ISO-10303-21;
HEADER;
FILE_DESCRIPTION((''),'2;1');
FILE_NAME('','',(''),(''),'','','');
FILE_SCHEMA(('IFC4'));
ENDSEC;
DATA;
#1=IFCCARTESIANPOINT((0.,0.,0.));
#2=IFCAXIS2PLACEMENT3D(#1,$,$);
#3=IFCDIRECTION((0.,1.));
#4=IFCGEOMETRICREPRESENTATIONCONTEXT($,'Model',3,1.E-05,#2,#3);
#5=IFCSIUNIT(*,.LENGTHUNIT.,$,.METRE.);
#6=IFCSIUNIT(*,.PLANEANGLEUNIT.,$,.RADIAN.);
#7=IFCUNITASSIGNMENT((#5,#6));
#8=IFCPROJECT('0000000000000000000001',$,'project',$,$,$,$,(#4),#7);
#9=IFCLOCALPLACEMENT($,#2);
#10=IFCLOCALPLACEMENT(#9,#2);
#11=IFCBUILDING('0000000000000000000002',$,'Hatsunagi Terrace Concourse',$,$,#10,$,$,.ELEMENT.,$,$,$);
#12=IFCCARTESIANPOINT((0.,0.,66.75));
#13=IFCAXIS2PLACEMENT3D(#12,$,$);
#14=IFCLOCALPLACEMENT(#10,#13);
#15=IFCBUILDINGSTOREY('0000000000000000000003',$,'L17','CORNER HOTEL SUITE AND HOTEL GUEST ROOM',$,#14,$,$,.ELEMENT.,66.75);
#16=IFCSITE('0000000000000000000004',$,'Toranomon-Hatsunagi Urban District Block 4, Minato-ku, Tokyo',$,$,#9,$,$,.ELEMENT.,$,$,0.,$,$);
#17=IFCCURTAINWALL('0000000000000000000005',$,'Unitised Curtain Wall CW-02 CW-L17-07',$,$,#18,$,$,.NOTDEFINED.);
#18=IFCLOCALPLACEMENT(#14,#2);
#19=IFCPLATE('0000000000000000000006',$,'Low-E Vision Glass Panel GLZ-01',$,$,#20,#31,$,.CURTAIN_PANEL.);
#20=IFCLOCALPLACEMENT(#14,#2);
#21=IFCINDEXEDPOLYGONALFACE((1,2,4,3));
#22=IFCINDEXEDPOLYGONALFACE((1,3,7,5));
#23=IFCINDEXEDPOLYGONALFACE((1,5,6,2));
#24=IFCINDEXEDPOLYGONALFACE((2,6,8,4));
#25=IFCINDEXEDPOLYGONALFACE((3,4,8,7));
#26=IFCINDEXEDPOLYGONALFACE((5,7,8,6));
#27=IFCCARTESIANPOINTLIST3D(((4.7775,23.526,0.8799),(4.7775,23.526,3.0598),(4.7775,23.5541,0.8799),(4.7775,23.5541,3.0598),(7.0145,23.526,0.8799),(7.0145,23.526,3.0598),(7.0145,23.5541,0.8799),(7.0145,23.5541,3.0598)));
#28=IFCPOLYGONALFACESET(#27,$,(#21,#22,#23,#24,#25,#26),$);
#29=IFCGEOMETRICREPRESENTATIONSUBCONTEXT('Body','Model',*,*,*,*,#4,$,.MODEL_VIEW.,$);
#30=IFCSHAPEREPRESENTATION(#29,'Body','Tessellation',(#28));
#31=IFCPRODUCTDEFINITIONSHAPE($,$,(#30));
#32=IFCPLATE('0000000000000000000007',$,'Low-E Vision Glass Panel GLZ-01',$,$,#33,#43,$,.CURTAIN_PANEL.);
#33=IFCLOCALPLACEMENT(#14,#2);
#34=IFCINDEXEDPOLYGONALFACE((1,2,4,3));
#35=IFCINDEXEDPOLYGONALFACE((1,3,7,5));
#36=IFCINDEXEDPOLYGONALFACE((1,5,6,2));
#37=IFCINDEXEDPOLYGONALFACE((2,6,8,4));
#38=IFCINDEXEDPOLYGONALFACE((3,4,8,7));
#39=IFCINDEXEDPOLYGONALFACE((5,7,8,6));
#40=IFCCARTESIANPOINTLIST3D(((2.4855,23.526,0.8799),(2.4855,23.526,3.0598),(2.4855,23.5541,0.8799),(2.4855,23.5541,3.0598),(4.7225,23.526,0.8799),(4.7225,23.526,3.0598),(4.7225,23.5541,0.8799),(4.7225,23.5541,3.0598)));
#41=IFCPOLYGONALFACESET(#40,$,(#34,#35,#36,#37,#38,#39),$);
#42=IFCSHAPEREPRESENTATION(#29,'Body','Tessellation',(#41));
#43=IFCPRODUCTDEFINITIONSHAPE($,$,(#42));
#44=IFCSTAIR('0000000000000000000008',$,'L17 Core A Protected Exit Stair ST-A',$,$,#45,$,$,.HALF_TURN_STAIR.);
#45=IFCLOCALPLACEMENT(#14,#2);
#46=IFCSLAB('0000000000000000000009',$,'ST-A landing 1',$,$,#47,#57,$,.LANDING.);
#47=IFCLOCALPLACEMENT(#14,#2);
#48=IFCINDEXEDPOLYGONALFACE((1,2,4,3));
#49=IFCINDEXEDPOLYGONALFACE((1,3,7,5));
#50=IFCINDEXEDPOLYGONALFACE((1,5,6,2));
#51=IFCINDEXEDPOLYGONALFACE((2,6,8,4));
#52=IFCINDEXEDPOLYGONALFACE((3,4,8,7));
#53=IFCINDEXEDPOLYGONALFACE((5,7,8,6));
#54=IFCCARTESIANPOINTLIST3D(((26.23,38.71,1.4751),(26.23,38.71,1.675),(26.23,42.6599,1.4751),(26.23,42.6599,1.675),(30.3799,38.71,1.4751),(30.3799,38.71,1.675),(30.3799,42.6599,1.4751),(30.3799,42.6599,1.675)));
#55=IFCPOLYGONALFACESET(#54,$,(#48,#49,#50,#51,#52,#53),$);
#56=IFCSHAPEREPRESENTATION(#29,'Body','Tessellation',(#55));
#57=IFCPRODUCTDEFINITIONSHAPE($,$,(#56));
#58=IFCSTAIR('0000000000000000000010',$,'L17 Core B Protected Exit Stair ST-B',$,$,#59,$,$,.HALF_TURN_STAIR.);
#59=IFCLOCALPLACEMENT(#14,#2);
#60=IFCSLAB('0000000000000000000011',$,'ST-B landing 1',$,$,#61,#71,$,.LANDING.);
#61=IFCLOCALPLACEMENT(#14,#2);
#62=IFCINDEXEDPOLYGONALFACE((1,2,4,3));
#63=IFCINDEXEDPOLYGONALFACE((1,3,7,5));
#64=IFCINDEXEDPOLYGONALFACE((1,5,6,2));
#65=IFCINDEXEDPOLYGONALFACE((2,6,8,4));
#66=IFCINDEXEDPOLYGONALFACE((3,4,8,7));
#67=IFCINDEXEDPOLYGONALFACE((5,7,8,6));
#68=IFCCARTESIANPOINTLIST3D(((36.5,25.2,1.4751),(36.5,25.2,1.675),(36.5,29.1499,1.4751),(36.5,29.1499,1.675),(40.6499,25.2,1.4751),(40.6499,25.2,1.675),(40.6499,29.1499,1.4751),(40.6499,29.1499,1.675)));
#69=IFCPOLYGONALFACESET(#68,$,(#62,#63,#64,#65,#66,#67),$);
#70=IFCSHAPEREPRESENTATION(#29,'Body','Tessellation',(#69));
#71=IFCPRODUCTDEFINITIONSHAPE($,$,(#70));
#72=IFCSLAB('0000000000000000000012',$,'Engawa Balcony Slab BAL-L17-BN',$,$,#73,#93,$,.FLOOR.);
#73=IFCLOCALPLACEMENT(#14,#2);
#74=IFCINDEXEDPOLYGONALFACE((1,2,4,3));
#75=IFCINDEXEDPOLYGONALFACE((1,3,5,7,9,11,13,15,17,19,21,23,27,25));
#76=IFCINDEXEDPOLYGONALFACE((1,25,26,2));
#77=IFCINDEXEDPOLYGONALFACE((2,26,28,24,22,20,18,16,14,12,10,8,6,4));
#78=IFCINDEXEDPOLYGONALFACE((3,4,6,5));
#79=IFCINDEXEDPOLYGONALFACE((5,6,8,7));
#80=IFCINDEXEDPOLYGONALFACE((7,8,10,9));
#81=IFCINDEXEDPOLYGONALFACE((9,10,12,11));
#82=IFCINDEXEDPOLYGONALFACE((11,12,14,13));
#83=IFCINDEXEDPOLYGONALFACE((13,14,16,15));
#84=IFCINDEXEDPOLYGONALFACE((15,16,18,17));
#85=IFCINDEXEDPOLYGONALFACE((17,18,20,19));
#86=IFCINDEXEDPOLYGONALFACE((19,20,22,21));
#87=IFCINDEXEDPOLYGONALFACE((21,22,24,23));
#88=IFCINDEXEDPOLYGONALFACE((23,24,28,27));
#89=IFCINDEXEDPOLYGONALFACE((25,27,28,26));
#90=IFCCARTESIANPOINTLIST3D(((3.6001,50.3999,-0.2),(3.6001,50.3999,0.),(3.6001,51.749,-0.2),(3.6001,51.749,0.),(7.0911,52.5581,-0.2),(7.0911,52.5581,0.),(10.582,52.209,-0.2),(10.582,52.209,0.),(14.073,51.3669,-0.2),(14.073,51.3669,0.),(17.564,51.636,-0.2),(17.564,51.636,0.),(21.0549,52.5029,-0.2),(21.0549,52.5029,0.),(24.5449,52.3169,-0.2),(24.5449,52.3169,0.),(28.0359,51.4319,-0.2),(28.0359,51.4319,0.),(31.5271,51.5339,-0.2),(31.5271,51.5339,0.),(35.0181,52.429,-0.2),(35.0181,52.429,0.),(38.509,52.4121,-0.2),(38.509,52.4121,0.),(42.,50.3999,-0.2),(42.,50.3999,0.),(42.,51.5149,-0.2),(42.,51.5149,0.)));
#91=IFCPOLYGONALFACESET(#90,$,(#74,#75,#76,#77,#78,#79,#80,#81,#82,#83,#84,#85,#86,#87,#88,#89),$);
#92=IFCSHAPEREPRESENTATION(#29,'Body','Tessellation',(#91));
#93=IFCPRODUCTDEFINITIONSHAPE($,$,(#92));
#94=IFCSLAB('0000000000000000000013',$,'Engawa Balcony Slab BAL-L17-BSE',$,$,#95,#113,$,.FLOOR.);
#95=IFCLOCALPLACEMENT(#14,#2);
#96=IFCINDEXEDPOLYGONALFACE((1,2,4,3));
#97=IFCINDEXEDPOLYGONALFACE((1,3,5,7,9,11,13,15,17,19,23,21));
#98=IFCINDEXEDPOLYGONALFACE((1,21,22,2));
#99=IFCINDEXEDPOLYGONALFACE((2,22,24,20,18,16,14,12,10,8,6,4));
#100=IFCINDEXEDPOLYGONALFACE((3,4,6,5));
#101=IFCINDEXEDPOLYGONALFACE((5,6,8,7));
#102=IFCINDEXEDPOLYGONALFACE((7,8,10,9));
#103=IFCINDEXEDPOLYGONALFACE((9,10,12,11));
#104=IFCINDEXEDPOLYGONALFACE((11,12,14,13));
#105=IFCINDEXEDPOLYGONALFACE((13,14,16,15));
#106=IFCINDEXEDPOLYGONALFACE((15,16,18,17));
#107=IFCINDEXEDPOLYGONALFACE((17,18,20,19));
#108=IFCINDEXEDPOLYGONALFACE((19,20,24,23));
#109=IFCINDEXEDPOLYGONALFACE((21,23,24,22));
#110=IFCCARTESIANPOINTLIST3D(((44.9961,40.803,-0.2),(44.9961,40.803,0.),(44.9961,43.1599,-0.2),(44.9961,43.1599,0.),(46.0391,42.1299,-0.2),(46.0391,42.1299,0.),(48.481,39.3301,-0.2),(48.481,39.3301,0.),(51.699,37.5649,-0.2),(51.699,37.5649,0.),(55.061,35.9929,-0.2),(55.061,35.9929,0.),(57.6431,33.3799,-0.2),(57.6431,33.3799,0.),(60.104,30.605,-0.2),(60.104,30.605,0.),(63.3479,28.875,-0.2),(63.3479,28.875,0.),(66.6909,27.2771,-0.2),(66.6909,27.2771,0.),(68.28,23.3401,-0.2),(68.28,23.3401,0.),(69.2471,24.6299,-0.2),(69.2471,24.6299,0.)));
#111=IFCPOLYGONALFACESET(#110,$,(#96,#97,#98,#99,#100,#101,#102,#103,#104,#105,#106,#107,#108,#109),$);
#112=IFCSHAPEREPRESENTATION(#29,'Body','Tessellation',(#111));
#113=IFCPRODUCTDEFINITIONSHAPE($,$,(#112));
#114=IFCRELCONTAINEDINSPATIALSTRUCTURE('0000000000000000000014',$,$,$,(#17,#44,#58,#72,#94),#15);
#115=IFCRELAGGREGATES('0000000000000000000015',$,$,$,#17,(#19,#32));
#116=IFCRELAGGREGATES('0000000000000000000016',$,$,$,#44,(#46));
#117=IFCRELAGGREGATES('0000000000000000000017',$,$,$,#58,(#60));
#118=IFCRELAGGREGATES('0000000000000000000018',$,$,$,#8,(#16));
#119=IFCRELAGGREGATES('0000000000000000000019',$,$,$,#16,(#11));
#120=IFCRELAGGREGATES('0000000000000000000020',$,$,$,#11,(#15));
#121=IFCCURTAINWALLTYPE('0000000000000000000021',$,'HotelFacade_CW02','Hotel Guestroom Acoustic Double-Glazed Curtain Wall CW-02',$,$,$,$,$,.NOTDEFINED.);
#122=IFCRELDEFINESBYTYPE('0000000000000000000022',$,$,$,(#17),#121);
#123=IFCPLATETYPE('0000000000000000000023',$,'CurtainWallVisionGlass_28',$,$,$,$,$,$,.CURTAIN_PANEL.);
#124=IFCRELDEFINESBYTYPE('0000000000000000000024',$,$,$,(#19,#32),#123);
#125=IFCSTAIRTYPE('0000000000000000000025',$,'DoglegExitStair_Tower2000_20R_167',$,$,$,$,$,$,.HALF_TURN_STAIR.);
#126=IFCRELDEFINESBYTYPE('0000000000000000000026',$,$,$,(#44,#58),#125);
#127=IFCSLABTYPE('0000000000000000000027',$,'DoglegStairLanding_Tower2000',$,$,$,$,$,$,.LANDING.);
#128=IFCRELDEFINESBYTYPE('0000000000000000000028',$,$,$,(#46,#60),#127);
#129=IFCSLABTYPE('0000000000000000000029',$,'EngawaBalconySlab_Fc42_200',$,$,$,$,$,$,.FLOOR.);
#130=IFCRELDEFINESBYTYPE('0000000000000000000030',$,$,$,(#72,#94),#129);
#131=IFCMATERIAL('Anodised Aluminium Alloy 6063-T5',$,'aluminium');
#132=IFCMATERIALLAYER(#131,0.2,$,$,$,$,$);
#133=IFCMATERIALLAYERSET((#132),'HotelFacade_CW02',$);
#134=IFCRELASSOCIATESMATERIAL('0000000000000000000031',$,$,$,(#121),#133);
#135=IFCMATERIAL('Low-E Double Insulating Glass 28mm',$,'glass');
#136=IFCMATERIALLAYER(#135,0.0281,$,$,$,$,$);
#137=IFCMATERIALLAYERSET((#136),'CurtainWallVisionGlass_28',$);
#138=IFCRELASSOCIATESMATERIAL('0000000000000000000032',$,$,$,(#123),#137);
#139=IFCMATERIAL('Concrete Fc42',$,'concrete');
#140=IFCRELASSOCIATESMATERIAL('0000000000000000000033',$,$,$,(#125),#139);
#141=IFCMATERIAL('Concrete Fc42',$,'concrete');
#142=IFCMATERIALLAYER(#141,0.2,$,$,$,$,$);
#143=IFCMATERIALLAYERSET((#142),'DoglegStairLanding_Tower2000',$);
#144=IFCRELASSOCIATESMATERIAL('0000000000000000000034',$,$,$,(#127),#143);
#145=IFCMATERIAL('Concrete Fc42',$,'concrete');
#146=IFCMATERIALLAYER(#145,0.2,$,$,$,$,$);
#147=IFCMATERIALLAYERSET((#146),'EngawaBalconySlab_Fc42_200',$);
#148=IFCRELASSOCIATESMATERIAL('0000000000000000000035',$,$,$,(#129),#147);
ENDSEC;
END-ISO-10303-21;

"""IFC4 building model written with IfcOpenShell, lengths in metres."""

from ifc_helpers import new_model, si_unit, direction, frame, origin, origin_2d, place, context, subcontext, project, spatial, polyline, rectangle, outline, extrude, material, layer, layer_set, type_object, element, aggregate, save


model = new_model("IFC4")

# Units and contexts
model_context = context("Model", 3, precision=1e-05, world=origin(), true_north=direction((0.0, 1.0)))
body_context = subcontext(model_context, "Body", "Model", "MODEL_VIEW")
ifc_project = project(units=[si_unit("LENGTHUNIT", "METRE"), si_unit("PLANEANGLEUNIT", "RADIAN")], contexts=[model_context])

# Site, building, storey
site_placement = place(None, origin())
site = spatial("IfcSite", under=ifc_project, at=site_placement, Name="Toranomon-Hatsunagi Urban District Block 4, Minato-ku, Tokyo", CompositionType="ELEMENT", RefElevation=0.0)
building_placement = place(site_placement, origin())
building = spatial("IfcBuilding", under=site, at=building_placement, Name="Hatsunagi Terrace Concourse", CompositionType="ELEMENT")
storey_placement = place(building_placement, frame((0.0, 0.0, 66.75)))
storey = spatial("IfcBuildingStorey", under=building, at=storey_placement, Name="L17", Description="CORNER HOTEL SUITE AND HOTEL GUEST ROOM", CompositionType="ELEMENT", Elevation=66.75)

# Curtain wall, plates
ifc_material_1 = material(Name="Anodised Aluminium Alloy 6063-T5", Category="aluminium")
ifc_layer_1 = layer(ifc_material_1, 0.2)
ifc_layer_set_1 = layer_set([ifc_layer_1], Name="HotelFacade_CW02")
curtain_wall_type = type_object("IfcCurtainWallType", Name="HotelFacade_CW02", Description="Hotel Guestroom Acoustic Double-Glazed Curtain Wall CW-02", PredefinedType="NOTDEFINED", material=ifc_layer_set_1)
curtain_wall_placement = place(storey_placement, origin())
curtain_wall = element("IfcCurtainWall", 1, at=curtain_wall_placement, inside=storey, type_object=curtain_wall_type, Name="Unitised Curtain Wall CW-02 CW-L17-07", PredefinedType="NOTDEFINED")
ifc_material_2 = material(Name="Low-E Double Insulating Glass 28mm", Category="glass")
ifc_layer_2 = layer(ifc_material_2, 0.0281)
ifc_layer_set_2 = layer_set([ifc_layer_2], Name="CurtainWallVisionGlass_28")
plate_type_1 = type_object("IfcPlateType", Name="CurtainWallVisionGlass_28", PredefinedType="CURTAIN_PANEL", material=ifc_layer_set_2)
plate_1_placement = place(storey_placement, frame((5.896, 23.54, 0.8799), z_axis=(0.0, 0.0, 1.0), x_axis=(-1.0, 0.0, 0.0)))
plate_1 = element("IfcPlate", 2, at=plate_1_placement, type_object=plate_type_1, Name="Low-E Vision Glass Panel GLZ-01", PredefinedType="CURTAIN_PANEL", context=body_context, shape_type="SweptSolid", body=[
    extrude(rectangle(XDim=2.2371, YDim=0.0281, at=origin_2d()), origin(), (0.0, 0.0, 1.0), 2.1799),
])
plate_2_placement = place(storey_placement, frame((3.604, 23.54, 0.8799), z_axis=(0.0, 0.0, 1.0), x_axis=(-1.0, 0.0, 0.0)))
plate_2 = element("IfcPlate", 3, at=plate_2_placement, type_object=plate_type_1, Name="Low-E Vision Glass Panel GLZ-01", PredefinedType="CURTAIN_PANEL", context=body_context, shape_type="SweptSolid", body=[
    extrude(rectangle(XDim=2.2371, YDim=0.0281, at=origin_2d()), origin(), (0.0, 0.0, 1.0), 2.1799),
])
aggregate(curtain_wall, [plate_1, plate_2])

# Stairs, slabs
ifc_material_3 = material(Name="Concrete Fc42", Category="concrete")
stair_type = type_object("IfcStairType", Name="DoglegExitStair_Tower2000_20R_167", PredefinedType="HALF_TURN_STAIR", material=ifc_material_3)
stair_1_placement = place(storey_placement, origin())
stair_1 = element("IfcStair", 4, at=stair_1_placement, inside=storey, type_object=stair_type, Name="L17 Core A Protected Exit Stair ST-A", PredefinedType="HALF_TURN_STAIR")
ifc_material_4 = material(Name="Concrete Fc42", Category="concrete")
ifc_layer_3 = layer(ifc_material_4, 0.2)
ifc_layer_set_3 = layer_set([ifc_layer_3], Name="DoglegStairLanding_Tower2000")
slab_type_1 = type_object("IfcSlabType", Name="DoglegStairLanding_Tower2000", PredefinedType="LANDING", material=ifc_layer_set_3)
slab_1_placement = place(storey_placement, frame((0.0, 0.0, 1.4751)))
slab_1 = element("IfcSlab", 5, at=slab_1_placement, type_object=slab_type_1, Name="ST-A landing 1", PredefinedType="LANDING", context=body_context, shape_type="SweptSolid", body=[
    extrude(outline(polyline([(30.3799, 38.71), (30.3799, 42.6599), (26.23, 42.6599), (26.23, 38.71), (30.3799, 38.71)])), origin(), (0.0, 0.0, 1.0), 0.2),
])
aggregate(stair_1, [slab_1])
stair_2_placement = place(storey_placement, origin())
stair_2 = element("IfcStair", 6, at=stair_2_placement, inside=storey, type_object=stair_type, Name="L17 Core B Protected Exit Stair ST-B", PredefinedType="HALF_TURN_STAIR")
slab_2_placement = place(storey_placement, frame((0.0, 0.0, 1.4751)))
slab_2 = element("IfcSlab", 7, at=slab_2_placement, type_object=slab_type_1, Name="ST-B landing 1", PredefinedType="LANDING", context=body_context, shape_type="SweptSolid", body=[
    extrude(outline(polyline([(36.5, 29.1499), (36.5, 25.2), (40.6499, 25.2), (40.6499, 29.1499), (36.5, 29.1499)])), origin(), (0.0, 0.0, 1.0), 0.2),
])
aggregate(stair_2, [slab_2])

# Slabs
ifc_material_5 = material(Name="Concrete Fc42", Category="concrete")
ifc_layer_4 = layer(ifc_material_5, 0.2)
ifc_layer_set_4 = layer_set([ifc_layer_4], Name="EngawaBalconySlab_Fc42_200")
slab_type_2 = type_object("IfcSlabType", Name="EngawaBalconySlab_Fc42_200", PredefinedType="FLOOR", material=ifc_layer_set_4)
slab_3_placement = place(storey_placement, frame((0.0, 0.0, -0.2)))
element("IfcSlab", 8, at=slab_3_placement, inside=storey, type_object=slab_type_2, Name="Engawa Balcony Slab BAL-L17-BN", PredefinedType="FLOOR", context=body_context, shape_type="SweptSolid", body=[
    extrude(outline(polyline([(3.6001, 51.749), (3.6001, 50.3999), (42.0, 50.3999), (42.0, 51.5149), (38.509, 52.4121), (35.0181, 52.429), (31.5271, 51.5339), (28.0359, 51.4319), (24.5449, 52.3169), (21.0549, 52.5029), (17.564, 51.636), (14.073, 51.3669), (10.582, 52.209), (7.0911, 52.5581), (3.6001, 51.749)])), origin(), (0.0, 0.0, 1.0), 0.2),
])
slab_4_placement = place(storey_placement, frame((0.0, 0.0, -0.2)))
element("IfcSlab", 9, at=slab_4_placement, inside=storey, type_object=slab_type_2, Name="Engawa Balcony Slab BAL-L17-BSE", PredefinedType="FLOOR", context=body_context, shape_type="SweptSolid", body=[
    extrude(outline(polyline([(46.0391, 42.1299), (44.9961, 43.1599), (44.9961, 40.803), (68.28, 23.3401), (69.2471, 24.6299), (66.6909, 27.2771), (63.3479, 28.875), (60.104, 30.605), (57.6431, 33.3799), (55.061, 35.9929), (51.699, 37.5649), (48.481, 39.3301), (46.0391, 42.1299)])), origin(), (0.0, 0.0, 1.0), 0.2),
])

save(model, "model.ifc")
